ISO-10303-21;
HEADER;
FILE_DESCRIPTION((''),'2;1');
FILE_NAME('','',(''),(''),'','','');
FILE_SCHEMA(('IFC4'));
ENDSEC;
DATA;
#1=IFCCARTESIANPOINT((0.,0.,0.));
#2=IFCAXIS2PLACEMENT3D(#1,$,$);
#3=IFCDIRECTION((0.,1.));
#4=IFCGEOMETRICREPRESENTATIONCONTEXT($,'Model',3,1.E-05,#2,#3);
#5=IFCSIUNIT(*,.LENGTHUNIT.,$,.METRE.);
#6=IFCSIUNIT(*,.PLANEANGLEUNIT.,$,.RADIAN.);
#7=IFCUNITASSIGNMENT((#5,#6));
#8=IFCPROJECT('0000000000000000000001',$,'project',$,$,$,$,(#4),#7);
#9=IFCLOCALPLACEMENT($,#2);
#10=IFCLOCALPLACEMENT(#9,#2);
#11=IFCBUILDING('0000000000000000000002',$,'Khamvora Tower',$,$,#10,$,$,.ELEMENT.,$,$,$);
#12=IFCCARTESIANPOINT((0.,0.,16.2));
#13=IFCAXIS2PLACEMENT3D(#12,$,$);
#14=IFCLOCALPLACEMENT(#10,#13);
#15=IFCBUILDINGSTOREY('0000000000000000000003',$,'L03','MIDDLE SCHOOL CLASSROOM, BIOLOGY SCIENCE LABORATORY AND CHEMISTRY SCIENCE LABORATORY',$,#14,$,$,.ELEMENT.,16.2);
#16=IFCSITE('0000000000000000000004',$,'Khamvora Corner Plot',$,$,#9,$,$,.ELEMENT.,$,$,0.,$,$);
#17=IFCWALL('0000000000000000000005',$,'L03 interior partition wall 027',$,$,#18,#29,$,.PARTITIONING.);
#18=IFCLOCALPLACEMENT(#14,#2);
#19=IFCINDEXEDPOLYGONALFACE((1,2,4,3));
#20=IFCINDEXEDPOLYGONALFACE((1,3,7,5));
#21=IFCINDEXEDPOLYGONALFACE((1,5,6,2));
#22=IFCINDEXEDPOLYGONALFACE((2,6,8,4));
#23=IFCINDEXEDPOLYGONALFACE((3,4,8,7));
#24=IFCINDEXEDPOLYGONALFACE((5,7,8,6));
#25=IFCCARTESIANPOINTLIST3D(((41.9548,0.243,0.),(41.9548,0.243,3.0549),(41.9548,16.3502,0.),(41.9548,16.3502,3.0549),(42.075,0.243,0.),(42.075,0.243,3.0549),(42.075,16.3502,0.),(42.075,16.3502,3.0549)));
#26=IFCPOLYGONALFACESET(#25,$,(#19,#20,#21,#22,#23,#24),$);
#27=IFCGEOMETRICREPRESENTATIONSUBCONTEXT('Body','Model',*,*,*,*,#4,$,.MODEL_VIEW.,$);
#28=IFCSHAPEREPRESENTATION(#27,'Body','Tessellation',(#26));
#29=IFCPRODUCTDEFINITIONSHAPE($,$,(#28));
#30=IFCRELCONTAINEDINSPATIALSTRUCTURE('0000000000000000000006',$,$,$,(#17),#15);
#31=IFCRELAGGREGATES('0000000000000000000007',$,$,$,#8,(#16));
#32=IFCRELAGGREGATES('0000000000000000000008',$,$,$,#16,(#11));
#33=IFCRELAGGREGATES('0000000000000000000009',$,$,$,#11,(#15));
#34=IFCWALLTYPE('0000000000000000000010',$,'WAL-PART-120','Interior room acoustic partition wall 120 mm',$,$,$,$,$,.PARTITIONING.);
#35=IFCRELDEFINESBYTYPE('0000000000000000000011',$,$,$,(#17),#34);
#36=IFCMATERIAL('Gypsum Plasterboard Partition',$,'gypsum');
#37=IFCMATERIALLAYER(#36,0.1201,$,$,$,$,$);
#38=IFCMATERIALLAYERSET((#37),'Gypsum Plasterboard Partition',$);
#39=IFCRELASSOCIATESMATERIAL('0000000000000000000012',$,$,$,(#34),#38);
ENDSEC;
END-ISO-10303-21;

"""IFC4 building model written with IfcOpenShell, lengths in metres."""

from ifc_helpers import new_model, si_unit, direction, frame, frame_2d, origin, place, context, subcontext, project, spatial, rectangle, extrude, material, layer, layer_set, type_object, element, save


model = new_model("IFC4")

# Units and contexts
model_context = context("Model", 3, precision=1e-05, world=origin(), true_north=direction((0.0, 1.0)))
body_context = subcontext(model_context, "Body", "Model", "MODEL_VIEW")
ifc_project = project(units=[si_unit("LENGTHUNIT", "METRE"), si_unit("PLANEANGLEUNIT", "RADIAN")], contexts=[model_context])

# Site, building, storey
site_placement = place(None, origin())
site = spatial("IfcSite", under=ifc_project, at=site_placement, Name="Khamvora Corner Plot", CompositionType="ELEMENT", RefElevation=0.0)
building_placement = place(site_placement, origin())
building = spatial("IfcBuilding", under=site, at=building_placement, Name="Khamvora Tower", CompositionType="ELEMENT")
storey_placement = place(building_placement, frame((0.0, 0.0, 16.2)))
storey = spatial("IfcBuildingStorey", under=building, at=storey_placement, Name="L03", Description="MIDDLE SCHOOL CLASSROOM, BIOLOGY SCIENCE LABORATORY AND CHEMISTRY SCIENCE LABORATORY", CompositionType="ELEMENT", Elevation=16.2)

# Wall
ifc_material_1 = material(Name="Gypsum Plasterboard Partition", Category="gypsum")
ifc_layer_1 = layer(ifc_material_1, 0.1201)
ifc_layer_set_1 = layer_set([ifc_layer_1], Name="Gypsum Plasterboard Partition")
wall_type_1 = type_object("IfcWallType", Name="WAL-PART-120", Description="Interior room acoustic partition wall 120 mm", PredefinedType="PARTITIONING", material=ifc_layer_set_1)
wall_1_placement = place(storey_placement, frame((42.0149, 0.2429, 0.0), z_axis=(0.0, 0.0, 1.0), x_axis=(0.0, 1.0, 0.0)))
element("IfcWall", 1, at=wall_1_placement, inside=storey, type_object=wall_type_1, Name="L03 interior partition wall 027", PredefinedType="PARTITIONING", context=body_context, shape_type="SweptSolid", body=[
    extrude(rectangle(XDim=16.1072, YDim=0.1201, at=frame_2d((8.0537, 0.0))), origin(), (0.0, 0.0, 1.0), 3.0549),
])

save(model, "model.ifc")
